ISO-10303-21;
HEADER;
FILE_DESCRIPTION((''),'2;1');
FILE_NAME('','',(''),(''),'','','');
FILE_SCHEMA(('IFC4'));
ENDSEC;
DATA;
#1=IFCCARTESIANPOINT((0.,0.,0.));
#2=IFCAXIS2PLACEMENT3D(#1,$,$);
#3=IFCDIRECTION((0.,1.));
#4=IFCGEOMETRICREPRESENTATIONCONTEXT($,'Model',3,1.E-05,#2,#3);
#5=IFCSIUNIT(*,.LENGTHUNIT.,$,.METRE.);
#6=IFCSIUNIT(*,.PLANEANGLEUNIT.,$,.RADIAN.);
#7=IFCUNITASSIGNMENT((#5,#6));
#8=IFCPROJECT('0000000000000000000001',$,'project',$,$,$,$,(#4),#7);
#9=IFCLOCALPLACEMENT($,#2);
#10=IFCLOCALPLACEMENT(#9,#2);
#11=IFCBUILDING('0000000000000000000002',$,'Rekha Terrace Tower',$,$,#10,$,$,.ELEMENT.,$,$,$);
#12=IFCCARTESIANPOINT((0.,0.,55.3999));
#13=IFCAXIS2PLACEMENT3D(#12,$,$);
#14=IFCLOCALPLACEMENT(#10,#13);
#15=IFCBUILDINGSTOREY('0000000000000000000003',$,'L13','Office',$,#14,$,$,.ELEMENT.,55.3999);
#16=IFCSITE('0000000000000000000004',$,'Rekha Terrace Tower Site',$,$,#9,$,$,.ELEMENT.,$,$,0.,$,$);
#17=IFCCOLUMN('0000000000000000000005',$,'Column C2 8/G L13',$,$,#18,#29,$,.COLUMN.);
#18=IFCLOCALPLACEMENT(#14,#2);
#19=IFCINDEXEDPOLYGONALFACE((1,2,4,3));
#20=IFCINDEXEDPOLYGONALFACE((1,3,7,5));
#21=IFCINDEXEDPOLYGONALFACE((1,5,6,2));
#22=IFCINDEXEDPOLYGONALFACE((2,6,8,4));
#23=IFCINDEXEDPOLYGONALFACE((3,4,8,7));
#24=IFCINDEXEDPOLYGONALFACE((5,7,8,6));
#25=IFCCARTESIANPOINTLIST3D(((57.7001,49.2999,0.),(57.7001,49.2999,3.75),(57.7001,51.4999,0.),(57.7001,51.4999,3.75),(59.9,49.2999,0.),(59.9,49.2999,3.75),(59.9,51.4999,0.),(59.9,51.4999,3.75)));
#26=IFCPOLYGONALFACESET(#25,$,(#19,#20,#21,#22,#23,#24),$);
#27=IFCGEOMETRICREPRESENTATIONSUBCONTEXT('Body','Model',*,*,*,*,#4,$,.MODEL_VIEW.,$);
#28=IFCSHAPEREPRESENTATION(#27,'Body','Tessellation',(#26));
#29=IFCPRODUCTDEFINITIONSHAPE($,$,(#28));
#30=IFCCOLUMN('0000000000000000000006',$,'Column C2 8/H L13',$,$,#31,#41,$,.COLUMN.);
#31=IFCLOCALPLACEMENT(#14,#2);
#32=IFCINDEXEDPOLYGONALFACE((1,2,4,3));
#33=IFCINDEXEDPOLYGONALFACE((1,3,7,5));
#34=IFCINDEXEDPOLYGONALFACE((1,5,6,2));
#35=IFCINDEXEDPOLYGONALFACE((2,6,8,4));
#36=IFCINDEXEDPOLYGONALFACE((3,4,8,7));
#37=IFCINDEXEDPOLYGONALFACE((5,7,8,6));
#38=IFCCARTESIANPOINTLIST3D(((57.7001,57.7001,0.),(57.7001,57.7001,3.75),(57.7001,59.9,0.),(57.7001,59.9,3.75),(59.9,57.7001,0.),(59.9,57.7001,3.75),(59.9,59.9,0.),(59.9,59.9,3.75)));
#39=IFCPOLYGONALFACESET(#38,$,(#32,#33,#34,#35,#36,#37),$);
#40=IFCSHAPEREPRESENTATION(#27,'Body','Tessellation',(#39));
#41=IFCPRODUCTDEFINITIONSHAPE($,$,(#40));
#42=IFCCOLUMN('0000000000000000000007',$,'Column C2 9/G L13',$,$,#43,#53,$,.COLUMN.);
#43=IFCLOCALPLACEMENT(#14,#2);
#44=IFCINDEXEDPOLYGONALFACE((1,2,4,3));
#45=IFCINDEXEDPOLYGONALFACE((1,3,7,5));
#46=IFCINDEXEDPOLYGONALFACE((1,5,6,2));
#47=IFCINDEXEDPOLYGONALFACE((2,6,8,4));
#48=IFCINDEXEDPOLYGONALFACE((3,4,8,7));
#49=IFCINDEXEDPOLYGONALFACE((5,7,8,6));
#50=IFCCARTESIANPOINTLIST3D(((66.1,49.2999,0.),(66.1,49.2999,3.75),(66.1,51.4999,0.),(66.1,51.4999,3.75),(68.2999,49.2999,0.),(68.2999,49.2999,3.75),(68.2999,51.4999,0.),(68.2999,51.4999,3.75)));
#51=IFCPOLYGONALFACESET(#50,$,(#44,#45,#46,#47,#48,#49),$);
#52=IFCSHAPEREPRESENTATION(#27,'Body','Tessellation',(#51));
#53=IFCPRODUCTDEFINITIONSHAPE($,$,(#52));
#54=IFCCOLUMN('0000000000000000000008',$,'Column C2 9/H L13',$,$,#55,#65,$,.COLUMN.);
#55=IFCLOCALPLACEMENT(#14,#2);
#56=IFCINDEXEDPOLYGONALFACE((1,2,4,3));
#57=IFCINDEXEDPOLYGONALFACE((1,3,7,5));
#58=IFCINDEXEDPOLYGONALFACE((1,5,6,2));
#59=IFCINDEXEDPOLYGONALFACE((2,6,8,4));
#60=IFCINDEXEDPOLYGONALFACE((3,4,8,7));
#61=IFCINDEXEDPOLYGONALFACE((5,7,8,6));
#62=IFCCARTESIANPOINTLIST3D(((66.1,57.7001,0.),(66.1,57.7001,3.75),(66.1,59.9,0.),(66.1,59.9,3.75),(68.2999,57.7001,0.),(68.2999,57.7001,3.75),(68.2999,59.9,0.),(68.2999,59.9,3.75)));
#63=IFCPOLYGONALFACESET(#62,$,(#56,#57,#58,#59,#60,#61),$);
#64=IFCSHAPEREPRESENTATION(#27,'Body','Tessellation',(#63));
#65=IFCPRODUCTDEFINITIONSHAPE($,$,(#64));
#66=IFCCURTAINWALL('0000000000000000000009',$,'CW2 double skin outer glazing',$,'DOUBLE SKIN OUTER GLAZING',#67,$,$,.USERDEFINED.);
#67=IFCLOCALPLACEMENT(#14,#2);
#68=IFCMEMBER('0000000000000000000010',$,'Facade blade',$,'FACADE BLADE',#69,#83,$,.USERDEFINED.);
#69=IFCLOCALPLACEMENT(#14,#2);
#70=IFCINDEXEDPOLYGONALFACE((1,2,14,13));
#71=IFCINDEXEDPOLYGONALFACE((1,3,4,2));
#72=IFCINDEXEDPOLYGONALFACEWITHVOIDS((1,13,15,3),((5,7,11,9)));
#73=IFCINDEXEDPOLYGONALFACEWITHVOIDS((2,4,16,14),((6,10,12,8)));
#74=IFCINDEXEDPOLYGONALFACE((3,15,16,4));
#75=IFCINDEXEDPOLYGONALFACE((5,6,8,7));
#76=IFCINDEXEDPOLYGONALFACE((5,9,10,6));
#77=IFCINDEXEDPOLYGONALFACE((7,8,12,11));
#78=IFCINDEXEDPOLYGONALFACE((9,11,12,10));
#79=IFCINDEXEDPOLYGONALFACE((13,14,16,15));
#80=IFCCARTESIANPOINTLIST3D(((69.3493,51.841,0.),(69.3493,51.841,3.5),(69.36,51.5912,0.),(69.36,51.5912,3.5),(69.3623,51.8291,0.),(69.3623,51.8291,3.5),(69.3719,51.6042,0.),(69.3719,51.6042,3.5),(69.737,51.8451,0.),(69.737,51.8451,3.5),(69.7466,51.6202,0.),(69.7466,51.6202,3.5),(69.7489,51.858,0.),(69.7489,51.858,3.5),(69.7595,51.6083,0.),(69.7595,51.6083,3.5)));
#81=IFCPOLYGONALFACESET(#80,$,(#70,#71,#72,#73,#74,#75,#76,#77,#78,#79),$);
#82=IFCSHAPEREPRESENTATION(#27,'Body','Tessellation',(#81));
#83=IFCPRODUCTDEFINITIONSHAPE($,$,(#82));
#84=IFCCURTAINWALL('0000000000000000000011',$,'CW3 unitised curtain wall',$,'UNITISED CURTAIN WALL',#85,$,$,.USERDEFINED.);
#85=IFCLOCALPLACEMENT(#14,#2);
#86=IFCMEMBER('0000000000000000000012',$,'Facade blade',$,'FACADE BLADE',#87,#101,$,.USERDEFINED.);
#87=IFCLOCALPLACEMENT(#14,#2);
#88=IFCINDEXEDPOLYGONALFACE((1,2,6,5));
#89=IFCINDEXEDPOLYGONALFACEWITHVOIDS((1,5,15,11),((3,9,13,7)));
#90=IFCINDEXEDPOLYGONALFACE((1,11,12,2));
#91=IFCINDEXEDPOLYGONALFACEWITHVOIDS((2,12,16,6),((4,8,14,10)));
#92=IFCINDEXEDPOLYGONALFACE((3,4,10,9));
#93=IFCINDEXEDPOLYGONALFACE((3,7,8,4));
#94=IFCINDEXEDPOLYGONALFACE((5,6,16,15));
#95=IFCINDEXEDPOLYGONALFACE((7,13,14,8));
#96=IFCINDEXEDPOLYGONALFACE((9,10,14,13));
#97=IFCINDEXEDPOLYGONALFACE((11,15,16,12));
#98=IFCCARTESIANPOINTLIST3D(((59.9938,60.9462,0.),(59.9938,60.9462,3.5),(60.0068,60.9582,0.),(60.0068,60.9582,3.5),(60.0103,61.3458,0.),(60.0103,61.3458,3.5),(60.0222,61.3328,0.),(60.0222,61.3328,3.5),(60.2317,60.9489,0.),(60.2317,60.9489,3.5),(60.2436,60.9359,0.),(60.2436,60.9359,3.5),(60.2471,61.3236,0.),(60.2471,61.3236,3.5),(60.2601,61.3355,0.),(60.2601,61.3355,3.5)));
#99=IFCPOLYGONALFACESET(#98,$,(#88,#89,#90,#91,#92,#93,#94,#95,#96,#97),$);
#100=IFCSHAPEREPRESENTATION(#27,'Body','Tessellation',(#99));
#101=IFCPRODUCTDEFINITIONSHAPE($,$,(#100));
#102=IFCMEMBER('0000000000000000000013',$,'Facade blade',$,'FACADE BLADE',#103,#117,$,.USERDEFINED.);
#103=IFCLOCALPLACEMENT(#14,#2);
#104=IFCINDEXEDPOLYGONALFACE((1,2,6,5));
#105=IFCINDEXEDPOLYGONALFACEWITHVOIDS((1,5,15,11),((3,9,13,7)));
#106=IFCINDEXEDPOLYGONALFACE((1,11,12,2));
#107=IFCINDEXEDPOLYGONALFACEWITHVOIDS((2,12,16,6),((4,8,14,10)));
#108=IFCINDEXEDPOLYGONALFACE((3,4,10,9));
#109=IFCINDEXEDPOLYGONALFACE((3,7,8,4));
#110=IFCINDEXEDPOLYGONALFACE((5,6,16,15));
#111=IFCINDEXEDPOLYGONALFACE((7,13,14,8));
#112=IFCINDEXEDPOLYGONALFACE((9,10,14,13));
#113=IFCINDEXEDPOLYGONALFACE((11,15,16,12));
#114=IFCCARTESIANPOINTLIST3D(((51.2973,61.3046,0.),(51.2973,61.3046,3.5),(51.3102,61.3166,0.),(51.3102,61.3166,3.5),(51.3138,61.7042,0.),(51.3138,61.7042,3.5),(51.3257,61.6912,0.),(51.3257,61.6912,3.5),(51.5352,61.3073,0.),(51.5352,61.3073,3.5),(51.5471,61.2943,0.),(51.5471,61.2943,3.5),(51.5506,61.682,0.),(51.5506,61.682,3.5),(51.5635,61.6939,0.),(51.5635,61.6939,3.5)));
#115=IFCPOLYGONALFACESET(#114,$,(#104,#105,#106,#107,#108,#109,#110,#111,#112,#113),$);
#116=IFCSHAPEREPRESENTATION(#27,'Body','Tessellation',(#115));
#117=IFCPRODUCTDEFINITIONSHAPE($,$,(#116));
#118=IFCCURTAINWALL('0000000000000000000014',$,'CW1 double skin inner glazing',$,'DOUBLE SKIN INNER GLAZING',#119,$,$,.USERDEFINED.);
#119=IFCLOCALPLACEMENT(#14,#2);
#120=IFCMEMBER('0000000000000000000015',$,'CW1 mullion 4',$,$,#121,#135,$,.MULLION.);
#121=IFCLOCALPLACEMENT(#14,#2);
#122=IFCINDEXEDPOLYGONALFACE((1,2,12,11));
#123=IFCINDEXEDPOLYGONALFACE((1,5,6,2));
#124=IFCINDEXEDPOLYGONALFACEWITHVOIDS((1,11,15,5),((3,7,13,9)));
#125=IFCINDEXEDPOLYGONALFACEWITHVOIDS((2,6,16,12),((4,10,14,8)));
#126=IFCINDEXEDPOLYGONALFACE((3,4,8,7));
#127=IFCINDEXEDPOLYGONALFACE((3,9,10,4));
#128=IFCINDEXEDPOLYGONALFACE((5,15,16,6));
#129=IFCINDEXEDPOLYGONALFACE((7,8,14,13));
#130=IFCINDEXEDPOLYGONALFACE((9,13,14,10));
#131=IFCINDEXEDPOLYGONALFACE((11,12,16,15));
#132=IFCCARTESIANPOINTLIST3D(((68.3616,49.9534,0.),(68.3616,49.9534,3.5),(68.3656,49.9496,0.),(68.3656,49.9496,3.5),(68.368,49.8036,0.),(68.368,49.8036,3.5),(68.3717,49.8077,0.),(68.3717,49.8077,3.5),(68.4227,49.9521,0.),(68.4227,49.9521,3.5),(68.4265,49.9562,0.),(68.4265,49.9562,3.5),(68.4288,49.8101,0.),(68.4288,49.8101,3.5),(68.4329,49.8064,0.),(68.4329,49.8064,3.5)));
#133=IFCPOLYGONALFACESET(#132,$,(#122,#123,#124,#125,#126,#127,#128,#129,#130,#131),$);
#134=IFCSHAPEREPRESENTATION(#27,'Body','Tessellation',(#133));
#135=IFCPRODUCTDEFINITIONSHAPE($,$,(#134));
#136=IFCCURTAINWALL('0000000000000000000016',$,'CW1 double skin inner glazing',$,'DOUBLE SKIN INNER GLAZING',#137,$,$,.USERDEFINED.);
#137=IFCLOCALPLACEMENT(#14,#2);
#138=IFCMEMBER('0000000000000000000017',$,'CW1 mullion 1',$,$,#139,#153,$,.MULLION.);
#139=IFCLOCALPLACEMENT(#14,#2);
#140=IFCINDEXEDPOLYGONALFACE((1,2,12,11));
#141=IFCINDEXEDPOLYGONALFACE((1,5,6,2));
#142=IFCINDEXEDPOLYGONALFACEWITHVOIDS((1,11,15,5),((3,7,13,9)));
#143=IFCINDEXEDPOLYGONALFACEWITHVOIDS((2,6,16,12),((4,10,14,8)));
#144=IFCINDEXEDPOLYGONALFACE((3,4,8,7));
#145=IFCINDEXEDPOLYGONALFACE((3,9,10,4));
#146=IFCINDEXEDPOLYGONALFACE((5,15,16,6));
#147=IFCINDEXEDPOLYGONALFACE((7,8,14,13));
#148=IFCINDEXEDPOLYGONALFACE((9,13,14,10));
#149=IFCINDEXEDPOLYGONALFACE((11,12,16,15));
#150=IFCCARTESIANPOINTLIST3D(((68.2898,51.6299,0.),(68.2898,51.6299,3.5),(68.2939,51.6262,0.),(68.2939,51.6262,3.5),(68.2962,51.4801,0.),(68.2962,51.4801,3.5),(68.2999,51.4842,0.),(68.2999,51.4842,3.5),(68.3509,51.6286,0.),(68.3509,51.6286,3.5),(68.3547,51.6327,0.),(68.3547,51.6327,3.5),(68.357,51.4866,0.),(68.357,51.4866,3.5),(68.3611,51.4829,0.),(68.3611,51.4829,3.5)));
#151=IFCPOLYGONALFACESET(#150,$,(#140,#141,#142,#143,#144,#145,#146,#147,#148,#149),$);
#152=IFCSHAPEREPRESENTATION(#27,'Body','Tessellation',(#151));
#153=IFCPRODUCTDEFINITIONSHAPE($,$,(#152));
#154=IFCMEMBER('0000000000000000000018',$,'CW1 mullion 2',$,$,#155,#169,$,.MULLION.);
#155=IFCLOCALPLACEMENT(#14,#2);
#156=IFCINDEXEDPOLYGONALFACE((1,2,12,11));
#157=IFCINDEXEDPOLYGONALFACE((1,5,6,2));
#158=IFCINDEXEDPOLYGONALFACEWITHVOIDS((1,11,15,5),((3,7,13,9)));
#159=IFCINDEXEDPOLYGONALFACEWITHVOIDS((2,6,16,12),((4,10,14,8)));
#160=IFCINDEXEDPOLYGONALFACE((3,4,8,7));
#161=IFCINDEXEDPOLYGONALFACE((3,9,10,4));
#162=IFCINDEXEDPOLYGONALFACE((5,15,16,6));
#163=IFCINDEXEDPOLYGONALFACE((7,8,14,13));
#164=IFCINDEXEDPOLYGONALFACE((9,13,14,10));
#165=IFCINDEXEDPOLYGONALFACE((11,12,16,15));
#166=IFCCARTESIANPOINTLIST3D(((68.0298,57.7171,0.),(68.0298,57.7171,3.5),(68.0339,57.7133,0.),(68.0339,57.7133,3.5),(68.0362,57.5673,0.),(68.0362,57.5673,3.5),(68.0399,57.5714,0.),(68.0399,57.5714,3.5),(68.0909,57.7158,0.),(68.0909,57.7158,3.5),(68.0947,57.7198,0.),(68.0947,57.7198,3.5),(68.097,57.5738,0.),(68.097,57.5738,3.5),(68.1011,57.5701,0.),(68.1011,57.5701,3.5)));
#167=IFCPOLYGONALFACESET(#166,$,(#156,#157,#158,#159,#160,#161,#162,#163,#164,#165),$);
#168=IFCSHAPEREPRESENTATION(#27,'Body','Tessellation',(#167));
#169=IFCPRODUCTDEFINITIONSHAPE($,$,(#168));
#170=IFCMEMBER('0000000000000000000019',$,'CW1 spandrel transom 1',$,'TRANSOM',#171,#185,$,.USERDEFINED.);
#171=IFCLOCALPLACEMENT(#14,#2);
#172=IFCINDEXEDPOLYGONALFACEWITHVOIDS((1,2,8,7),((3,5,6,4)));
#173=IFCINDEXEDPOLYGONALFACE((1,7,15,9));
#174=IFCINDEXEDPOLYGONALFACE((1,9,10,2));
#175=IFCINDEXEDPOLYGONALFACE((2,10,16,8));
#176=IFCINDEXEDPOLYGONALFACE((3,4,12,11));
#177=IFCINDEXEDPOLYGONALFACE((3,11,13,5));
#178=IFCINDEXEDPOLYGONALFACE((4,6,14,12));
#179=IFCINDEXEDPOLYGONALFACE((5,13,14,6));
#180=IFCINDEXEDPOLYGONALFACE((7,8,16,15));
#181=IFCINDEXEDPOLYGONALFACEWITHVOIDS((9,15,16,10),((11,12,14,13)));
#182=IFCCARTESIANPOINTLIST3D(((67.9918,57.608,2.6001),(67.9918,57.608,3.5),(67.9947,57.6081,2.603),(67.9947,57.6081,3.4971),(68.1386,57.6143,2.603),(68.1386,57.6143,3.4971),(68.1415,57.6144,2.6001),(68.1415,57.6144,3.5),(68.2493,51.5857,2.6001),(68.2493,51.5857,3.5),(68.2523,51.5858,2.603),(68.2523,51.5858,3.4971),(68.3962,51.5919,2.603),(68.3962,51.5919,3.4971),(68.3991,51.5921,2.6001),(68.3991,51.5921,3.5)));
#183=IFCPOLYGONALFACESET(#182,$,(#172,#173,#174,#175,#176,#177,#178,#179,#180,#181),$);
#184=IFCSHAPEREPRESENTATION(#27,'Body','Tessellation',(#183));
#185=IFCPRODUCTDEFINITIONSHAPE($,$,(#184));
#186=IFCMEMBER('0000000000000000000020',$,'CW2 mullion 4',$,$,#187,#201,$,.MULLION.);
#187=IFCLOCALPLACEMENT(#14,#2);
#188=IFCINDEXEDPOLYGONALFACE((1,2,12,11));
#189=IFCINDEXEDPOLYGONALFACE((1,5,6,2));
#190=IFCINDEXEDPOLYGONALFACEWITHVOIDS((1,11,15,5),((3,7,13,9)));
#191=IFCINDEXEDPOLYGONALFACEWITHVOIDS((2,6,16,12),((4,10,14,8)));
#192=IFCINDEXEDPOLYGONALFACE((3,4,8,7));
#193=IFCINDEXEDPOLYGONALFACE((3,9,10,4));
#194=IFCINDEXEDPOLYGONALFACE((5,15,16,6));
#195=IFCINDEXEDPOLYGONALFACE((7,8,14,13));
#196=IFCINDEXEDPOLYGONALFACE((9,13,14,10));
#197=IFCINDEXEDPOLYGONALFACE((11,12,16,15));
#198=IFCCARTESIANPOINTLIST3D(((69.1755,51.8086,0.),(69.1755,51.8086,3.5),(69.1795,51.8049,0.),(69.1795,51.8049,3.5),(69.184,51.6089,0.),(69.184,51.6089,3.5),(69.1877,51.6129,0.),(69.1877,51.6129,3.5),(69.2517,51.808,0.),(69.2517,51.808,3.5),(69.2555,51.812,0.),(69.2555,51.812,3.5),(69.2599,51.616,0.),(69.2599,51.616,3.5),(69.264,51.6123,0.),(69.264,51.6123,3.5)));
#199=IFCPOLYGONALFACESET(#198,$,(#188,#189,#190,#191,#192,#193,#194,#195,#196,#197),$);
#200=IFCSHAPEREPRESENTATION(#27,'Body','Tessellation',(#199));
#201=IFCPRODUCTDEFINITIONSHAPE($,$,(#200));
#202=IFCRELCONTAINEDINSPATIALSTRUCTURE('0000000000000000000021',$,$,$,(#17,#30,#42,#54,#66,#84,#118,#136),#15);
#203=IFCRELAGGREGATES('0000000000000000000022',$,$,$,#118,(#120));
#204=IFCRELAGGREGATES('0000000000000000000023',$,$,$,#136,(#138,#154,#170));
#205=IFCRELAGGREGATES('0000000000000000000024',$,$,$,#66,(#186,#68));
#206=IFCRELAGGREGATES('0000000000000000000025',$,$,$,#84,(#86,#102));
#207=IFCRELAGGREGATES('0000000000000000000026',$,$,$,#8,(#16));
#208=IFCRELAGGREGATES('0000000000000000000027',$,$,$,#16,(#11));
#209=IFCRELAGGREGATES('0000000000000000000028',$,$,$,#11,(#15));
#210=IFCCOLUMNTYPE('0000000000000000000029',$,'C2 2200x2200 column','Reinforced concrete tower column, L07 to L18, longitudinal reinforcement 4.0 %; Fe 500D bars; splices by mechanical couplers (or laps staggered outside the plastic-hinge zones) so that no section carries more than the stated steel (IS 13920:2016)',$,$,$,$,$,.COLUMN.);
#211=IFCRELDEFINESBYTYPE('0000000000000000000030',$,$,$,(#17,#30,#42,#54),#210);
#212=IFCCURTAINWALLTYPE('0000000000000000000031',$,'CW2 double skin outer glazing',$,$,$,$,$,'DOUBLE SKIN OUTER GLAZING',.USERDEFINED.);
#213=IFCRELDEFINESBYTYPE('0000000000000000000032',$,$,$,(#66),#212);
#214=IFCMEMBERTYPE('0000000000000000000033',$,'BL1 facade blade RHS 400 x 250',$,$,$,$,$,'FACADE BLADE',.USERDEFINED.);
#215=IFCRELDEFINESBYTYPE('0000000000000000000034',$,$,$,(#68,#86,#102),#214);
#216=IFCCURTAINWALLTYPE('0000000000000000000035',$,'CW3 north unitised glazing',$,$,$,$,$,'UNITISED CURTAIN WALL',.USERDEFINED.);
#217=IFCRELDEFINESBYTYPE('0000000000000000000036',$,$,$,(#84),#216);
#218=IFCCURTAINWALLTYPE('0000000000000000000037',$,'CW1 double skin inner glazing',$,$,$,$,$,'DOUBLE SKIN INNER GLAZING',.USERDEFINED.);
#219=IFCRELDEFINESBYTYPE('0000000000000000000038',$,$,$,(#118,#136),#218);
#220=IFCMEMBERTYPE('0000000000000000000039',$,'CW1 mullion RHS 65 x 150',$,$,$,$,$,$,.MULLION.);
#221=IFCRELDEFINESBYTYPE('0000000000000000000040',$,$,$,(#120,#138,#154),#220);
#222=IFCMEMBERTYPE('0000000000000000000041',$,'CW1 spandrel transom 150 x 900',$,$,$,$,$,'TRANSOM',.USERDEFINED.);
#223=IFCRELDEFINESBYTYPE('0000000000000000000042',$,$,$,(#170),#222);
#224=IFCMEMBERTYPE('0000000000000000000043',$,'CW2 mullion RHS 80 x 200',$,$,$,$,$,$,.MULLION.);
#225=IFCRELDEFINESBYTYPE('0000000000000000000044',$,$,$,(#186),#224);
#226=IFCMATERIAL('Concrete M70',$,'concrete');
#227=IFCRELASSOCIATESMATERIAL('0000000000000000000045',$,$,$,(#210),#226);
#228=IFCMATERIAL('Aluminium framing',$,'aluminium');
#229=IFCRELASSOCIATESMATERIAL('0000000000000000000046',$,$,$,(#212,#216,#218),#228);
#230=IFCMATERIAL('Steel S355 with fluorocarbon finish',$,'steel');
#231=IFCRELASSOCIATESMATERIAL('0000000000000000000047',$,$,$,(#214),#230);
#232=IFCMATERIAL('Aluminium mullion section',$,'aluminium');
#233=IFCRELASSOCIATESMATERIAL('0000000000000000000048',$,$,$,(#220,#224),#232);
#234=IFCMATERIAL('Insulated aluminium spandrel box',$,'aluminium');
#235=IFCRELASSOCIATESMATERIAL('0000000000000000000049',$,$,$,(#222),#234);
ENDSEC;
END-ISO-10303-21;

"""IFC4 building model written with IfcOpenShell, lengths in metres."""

from ifc_helpers import new_model, si_unit, direction, frame, origin, origin_2d, place, context, subcontext, project, spatial, rectangle, hollow_rectangle, extrude, material, material_profile, profile_set, type_object, element, aggregate, save


model = new_model("IFC4")

# Units and contexts
model_context = context("Model", 3, precision=1e-05, world=origin(), true_north=direction((0.0, 1.0)))
body_context = subcontext(model_context, "Body", "Model", "MODEL_VIEW")
ifc_project = project(units=[si_unit("LENGTHUNIT", "METRE"), si_unit("PLANEANGLEUNIT", "RADIAN")], contexts=[model_context])

# Site, building, storey
site_placement = place(None, origin())
site = spatial("IfcSite", under=ifc_project, at=site_placement, Name="Rekha Terrace Tower Site", CompositionType="ELEMENT", RefElevation=0.0)
building_placement = place(site_placement, origin())
building = spatial("IfcBuilding", under=site, at=building_placement, Name="Rekha Terrace Tower", CompositionType="ELEMENT")
storey_placement = place(building_placement, frame((0.0, 0.0, 55.3999)))
storey = spatial("IfcBuildingStorey", under=building, at=storey_placement, Name="L13", Description="Office", CompositionType="ELEMENT", Elevation=55.3999)

# Columns
ifc_material_1 = material(Name="Concrete M70", Category="concrete")
ifc_material_profile_1 = material_profile(ifc_material_1, rectangle(XDim=2.2, YDim=2.2, at=origin_2d()), Name="RC 2200x2200")
ifc_profile_set_1 = profile_set([ifc_material_profile_1], Name="Concrete M70")
column_type = type_object("IfcColumnType", Name="C2 2200x2200 column", Description="Reinforced concrete tower column, L07 to L18, longitudinal reinforcement 4.0 %; Fe 500D bars; splices by mechanical couplers (or laps staggered outside the plastic-hinge zones) so that no section carries more than the stated steel (IS 13920:2016)", PredefinedType="COLUMN", material=ifc_profile_set_1)
for number, where, z_axis, x_axis, name in (
    (1, (58.8, 50.3999, 0.0), (0.0, 0.0, 1.0), (1.0, 0.0, 0.0), "Column C2 8/G L13"),
    (2, (58.8, 58.8, 0.0), (0.0, 0.0, 1.0), (1.0, 0.0, 0.0), "Column C2 8/H L13"),
    (3, (67.2, 50.3999, 0.0), (0.0, 0.0, 1.0), (1.0, 0.0, 0.0), "Column C2 9/G L13"),
    (4, (67.2, 58.8, 0.0), (0.0, 0.0, 1.0), (1.0, 0.0, 0.0), "Column C2 9/H L13"),
):
    element("IfcColumn", number, at=place(storey_placement, frame(where, z_axis=z_axis, x_axis=x_axis)), inside=storey, type_object=column_type, Name=name, PredefinedType="COLUMN", context=body_context, shape_type="SweptSolid", body=[
        extrude(rectangle(XDim=2.2, YDim=2.2, at=origin_2d()), origin(), (0.0, 0.0, 1.0), 3.75),
    ])

# Curtain wall, member
ifc_material_2 = material(Name="Aluminium framing", Category="aluminium")
curtain_wall_type_1 = type_object("IfcCurtainWallType", Name="CW2 double skin outer glazing", ElementType="DOUBLE SKIN OUTER GLAZING", PredefinedType="USERDEFINED", material=ifc_material_2)
curtain_wall_1_placement = place(storey_placement, origin())
curtain_wall_1 = element("IfcCurtainWall", 5, at=curtain_wall_1_placement, inside=storey, type_object=curtain_wall_type_1, Name="CW2 double skin outer glazing", ObjectType="DOUBLE SKIN OUTER GLAZING", PredefinedType="USERDEFINED")
ifc_material_3 = material(Name="Steel S355 with fluorocarbon finish", Category="steel")
ifc_material_profile_2 = material_profile(ifc_material_3, hollow_rectangle(XDim=0.25, YDim=0.3999, WallThickness=0.0125, at=origin_2d()), Name="RHS400x250x12.5")
ifc_profile_set_2 = profile_set([ifc_material_profile_2], Name="Steel S355 with fluorocarbon finish")
member_type_1 = type_object("IfcMemberType", Name="BL1 facade blade RHS 400 x 250", ElementType="FACADE BLADE", PredefinedType="USERDEFINED", material=ifc_profile_set_2)
member_1_placement = place(storey_placement, frame((69.5544, 51.7246, 0.0), z_axis=(0.0, 0.0, 1.0), x_axis=(-0.042695, 0.999088, 0.0)))
member_1 = element("IfcMember", 6, at=member_1_placement, type_object=member_type_1, Name="Facade blade", ObjectType="FACADE BLADE", PredefinedType="USERDEFINED", context=body_context, shape_type="SweptSolid", body=[
    extrude(hollow_rectangle(XDim=0.25, YDim=0.3999, WallThickness=0.0125, at=origin_2d()), origin(), (0.0, 0.0, 1.0), 3.5),
])

# Curtain wall, members
curtain_wall_type_2 = type_object("IfcCurtainWallType", Name="CW3 north unitised glazing", ElementType="UNITISED CURTAIN WALL", PredefinedType="USERDEFINED", material=ifc_material_2)
curtain_wall_2_placement = place(storey_placement, origin())
curtain_wall_2 = element("IfcCurtainWall", 7, at=curtain_wall_2_placement, inside=storey, type_object=curtain_wall_type_2, Name="CW3 unitised curtain wall", ObjectType="UNITISED CURTAIN WALL", PredefinedType="USERDEFINED")
member_2_placement = place(storey_placement, frame((60.127, 61.1409, 0.0), z_axis=(0.0, 0.0, 1.0), x_axis=(-0.999152, 0.041175, 0.0)))
member_2 = element("IfcMember", 8, at=member_2_placement, type_object=member_type_1, Name="Facade blade", ObjectType="FACADE BLADE", PredefinedType="USERDEFINED", context=body_context, shape_type="SweptSolid", body=[
    extrude(hollow_rectangle(XDim=0.25, YDim=0.3999, WallThickness=0.0125, at=origin_2d()), origin(), (0.0, 0.0, 1.0), 3.5),
])
member_3_placement = place(storey_placement, frame((51.4304, 61.4993, 0.0), z_axis=(0.0, 0.0, 1.0), x_axis=(-0.999152, 0.041175, 0.0)))
member_3 = element("IfcMember", 9, at=member_3_placement, type_object=member_type_1, Name="Facade blade", ObjectType="FACADE BLADE", PredefinedType="USERDEFINED", context=body_context, shape_type="SweptSolid", body=[
    extrude(hollow_rectangle(XDim=0.25, YDim=0.3999, WallThickness=0.0125, at=origin_2d()), origin(), (0.0, 0.0, 1.0), 3.5),
])

# Curtain wall, member
curtain_wall_type_3 = type_object("IfcCurtainWallType", Name="CW1 double skin inner glazing", ElementType="DOUBLE SKIN INNER GLAZING", PredefinedType="USERDEFINED", material=ifc_material_2)
curtain_wall_3_placement = place(storey_placement, origin())
curtain_wall_3 = element("IfcCurtainWall", 10, at=curtain_wall_3_placement, inside=storey, type_object=curtain_wall_type_3, Name="CW1 double skin inner glazing", ObjectType="DOUBLE SKIN INNER GLAZING", PredefinedType="USERDEFINED")
ifc_material_4 = material(Name="Aluminium mullion section", Category="aluminium")
ifc_material_profile_3 = material_profile(ifc_material_4, hollow_rectangle(XDim=0.0649, YDim=0.1499, WallThickness=0.0039, at=origin_2d()), Name="AL RHS 65x150")
ifc_profile_set_3 = profile_set([ifc_material_profile_3], Name="Aluminium mullion section")
member_type_2 = type_object("IfcMemberType", Name="CW1 mullion RHS 65 x 150", PredefinedType="MULLION", material=ifc_profile_set_3)
member_4_placement = place(storey_placement, frame((68.3972, 49.8799, 0.0), z_axis=(0.0, 0.0, 1.0), x_axis=(-0.999088, -0.042696, 0.0)))
member_4 = element("IfcMember", 11, at=member_4_placement, type_object=member_type_2, Name="CW1 mullion 4", PredefinedType="MULLION", context=body_context, shape_type="SweptSolid", body=[
    extrude(hollow_rectangle(XDim=0.0649, YDim=0.1499, WallThickness=0.0039, at=origin_2d()), origin(), (0.0, 0.0, 1.0), 3.5),
])
aggregate(curtain_wall_3, [member_4])

# Curtain wall, members
curtain_wall_4_placement = place(storey_placement, origin())
curtain_wall_4 = element("IfcCurtainWall", 12, at=curtain_wall_4_placement, inside=storey, type_object=curtain_wall_type_3, Name="CW1 double skin inner glazing", ObjectType="DOUBLE SKIN INNER GLAZING", PredefinedType="USERDEFINED")
member_5_placement = place(storey_placement, frame((68.3254, 51.5564, 0.0), z_axis=(0.0, 0.0, 1.0), x_axis=(-0.999088, -0.042696, 0.0)))
member_5 = element("IfcMember", 13, at=member_5_placement, type_object=member_type_2, Name="CW1 mullion 1", PredefinedType="MULLION", context=body_context, shape_type="SweptSolid", body=[
    extrude(hollow_rectangle(XDim=0.0649, YDim=0.1499, WallThickness=0.0039, at=origin_2d()), origin(), (0.0, 0.0, 1.0), 3.5),
])
member_6_placement = place(storey_placement, frame((68.0654, 57.6436, 0.0), z_axis=(0.0, 0.0, 1.0), x_axis=(-0.999088, -0.042696, 0.0)))
member_6 = element("IfcMember", 14, at=member_6_placement, type_object=member_type_2, Name="CW1 mullion 2", PredefinedType="MULLION", context=body_context, shape_type="SweptSolid", body=[
    extrude(hollow_rectangle(XDim=0.0649, YDim=0.1499, WallThickness=0.0039, at=origin_2d()), origin(), (0.0, 0.0, 1.0), 3.5),
])
ifc_material_5 = material(Name="Insulated aluminium spandrel box", Category="aluminium")
ifc_material_profile_4 = material_profile(ifc_material_5, hollow_rectangle(XDim=0.1499, YDim=0.8999, WallThickness=0.0029, at=origin_2d()), Name="AL SPANDREL BOX 150x900")
ifc_profile_set_4 = profile_set([ifc_material_profile_4], Name="Insulated aluminium spandrel box")
member_type_3 = type_object("IfcMemberType", Name="CW1 spandrel transom 150 x 900", ElementType="TRANSOM", PredefinedType="USERDEFINED", material=ifc_profile_set_4)
member_7_placement = place(storey_placement, frame((68.3242, 51.5889, 3.05), z_axis=(-0.042731, 0.999087, 0.0), x_axis=(-0.999087, -0.042731, 0.0)))
member_7 = element("IfcMember", 15, at=member_7_placement, type_object=member_type_3, Name="CW1 spandrel transom 1", ObjectType="TRANSOM", PredefinedType="USERDEFINED", context=body_context, shape_type="SweptSolid", body=[
    extrude(hollow_rectangle(XDim=0.1499, YDim=0.8999, WallThickness=0.0029, at=origin_2d()), origin(), (0.0, 0.0, 1.0), 6.0278),
])

# Member
ifc_material_profile_5 = material_profile(ifc_material_4, hollow_rectangle(XDim=0.0801, YDim=0.2, WallThickness=0.0039, at=origin_2d()), Name="AL RHS 80x200")
ifc_profile_set_5 = profile_set([ifc_material_profile_5], Name="Aluminium mullion section")
member_type_4 = type_object("IfcMemberType", Name="CW2 mullion RHS 80 x 200", PredefinedType="MULLION", material=ifc_profile_set_5)
member_8_placement = place(storey_placement, frame((69.2197, 51.7104, 0.0), z_axis=(0.0, 0.0, 1.0), x_axis=(-0.999088, -0.042696, 0.0)))
member_8 = element("IfcMember", 16, at=member_8_placement, type_object=member_type_4, Name="CW2 mullion 4", PredefinedType="MULLION", context=body_context, shape_type="SweptSolid", body=[
    extrude(hollow_rectangle(XDim=0.0801, YDim=0.2, WallThickness=0.0039, at=origin_2d()), origin(), (0.0, 0.0, 1.0), 3.5),
])

aggregate(curtain_wall_4, [member_5, member_6, member_7])
aggregate(curtain_wall_1, [member_8, member_1])
aggregate(curtain_wall_2, [member_2, member_3])

save(model, "model.ifc")
